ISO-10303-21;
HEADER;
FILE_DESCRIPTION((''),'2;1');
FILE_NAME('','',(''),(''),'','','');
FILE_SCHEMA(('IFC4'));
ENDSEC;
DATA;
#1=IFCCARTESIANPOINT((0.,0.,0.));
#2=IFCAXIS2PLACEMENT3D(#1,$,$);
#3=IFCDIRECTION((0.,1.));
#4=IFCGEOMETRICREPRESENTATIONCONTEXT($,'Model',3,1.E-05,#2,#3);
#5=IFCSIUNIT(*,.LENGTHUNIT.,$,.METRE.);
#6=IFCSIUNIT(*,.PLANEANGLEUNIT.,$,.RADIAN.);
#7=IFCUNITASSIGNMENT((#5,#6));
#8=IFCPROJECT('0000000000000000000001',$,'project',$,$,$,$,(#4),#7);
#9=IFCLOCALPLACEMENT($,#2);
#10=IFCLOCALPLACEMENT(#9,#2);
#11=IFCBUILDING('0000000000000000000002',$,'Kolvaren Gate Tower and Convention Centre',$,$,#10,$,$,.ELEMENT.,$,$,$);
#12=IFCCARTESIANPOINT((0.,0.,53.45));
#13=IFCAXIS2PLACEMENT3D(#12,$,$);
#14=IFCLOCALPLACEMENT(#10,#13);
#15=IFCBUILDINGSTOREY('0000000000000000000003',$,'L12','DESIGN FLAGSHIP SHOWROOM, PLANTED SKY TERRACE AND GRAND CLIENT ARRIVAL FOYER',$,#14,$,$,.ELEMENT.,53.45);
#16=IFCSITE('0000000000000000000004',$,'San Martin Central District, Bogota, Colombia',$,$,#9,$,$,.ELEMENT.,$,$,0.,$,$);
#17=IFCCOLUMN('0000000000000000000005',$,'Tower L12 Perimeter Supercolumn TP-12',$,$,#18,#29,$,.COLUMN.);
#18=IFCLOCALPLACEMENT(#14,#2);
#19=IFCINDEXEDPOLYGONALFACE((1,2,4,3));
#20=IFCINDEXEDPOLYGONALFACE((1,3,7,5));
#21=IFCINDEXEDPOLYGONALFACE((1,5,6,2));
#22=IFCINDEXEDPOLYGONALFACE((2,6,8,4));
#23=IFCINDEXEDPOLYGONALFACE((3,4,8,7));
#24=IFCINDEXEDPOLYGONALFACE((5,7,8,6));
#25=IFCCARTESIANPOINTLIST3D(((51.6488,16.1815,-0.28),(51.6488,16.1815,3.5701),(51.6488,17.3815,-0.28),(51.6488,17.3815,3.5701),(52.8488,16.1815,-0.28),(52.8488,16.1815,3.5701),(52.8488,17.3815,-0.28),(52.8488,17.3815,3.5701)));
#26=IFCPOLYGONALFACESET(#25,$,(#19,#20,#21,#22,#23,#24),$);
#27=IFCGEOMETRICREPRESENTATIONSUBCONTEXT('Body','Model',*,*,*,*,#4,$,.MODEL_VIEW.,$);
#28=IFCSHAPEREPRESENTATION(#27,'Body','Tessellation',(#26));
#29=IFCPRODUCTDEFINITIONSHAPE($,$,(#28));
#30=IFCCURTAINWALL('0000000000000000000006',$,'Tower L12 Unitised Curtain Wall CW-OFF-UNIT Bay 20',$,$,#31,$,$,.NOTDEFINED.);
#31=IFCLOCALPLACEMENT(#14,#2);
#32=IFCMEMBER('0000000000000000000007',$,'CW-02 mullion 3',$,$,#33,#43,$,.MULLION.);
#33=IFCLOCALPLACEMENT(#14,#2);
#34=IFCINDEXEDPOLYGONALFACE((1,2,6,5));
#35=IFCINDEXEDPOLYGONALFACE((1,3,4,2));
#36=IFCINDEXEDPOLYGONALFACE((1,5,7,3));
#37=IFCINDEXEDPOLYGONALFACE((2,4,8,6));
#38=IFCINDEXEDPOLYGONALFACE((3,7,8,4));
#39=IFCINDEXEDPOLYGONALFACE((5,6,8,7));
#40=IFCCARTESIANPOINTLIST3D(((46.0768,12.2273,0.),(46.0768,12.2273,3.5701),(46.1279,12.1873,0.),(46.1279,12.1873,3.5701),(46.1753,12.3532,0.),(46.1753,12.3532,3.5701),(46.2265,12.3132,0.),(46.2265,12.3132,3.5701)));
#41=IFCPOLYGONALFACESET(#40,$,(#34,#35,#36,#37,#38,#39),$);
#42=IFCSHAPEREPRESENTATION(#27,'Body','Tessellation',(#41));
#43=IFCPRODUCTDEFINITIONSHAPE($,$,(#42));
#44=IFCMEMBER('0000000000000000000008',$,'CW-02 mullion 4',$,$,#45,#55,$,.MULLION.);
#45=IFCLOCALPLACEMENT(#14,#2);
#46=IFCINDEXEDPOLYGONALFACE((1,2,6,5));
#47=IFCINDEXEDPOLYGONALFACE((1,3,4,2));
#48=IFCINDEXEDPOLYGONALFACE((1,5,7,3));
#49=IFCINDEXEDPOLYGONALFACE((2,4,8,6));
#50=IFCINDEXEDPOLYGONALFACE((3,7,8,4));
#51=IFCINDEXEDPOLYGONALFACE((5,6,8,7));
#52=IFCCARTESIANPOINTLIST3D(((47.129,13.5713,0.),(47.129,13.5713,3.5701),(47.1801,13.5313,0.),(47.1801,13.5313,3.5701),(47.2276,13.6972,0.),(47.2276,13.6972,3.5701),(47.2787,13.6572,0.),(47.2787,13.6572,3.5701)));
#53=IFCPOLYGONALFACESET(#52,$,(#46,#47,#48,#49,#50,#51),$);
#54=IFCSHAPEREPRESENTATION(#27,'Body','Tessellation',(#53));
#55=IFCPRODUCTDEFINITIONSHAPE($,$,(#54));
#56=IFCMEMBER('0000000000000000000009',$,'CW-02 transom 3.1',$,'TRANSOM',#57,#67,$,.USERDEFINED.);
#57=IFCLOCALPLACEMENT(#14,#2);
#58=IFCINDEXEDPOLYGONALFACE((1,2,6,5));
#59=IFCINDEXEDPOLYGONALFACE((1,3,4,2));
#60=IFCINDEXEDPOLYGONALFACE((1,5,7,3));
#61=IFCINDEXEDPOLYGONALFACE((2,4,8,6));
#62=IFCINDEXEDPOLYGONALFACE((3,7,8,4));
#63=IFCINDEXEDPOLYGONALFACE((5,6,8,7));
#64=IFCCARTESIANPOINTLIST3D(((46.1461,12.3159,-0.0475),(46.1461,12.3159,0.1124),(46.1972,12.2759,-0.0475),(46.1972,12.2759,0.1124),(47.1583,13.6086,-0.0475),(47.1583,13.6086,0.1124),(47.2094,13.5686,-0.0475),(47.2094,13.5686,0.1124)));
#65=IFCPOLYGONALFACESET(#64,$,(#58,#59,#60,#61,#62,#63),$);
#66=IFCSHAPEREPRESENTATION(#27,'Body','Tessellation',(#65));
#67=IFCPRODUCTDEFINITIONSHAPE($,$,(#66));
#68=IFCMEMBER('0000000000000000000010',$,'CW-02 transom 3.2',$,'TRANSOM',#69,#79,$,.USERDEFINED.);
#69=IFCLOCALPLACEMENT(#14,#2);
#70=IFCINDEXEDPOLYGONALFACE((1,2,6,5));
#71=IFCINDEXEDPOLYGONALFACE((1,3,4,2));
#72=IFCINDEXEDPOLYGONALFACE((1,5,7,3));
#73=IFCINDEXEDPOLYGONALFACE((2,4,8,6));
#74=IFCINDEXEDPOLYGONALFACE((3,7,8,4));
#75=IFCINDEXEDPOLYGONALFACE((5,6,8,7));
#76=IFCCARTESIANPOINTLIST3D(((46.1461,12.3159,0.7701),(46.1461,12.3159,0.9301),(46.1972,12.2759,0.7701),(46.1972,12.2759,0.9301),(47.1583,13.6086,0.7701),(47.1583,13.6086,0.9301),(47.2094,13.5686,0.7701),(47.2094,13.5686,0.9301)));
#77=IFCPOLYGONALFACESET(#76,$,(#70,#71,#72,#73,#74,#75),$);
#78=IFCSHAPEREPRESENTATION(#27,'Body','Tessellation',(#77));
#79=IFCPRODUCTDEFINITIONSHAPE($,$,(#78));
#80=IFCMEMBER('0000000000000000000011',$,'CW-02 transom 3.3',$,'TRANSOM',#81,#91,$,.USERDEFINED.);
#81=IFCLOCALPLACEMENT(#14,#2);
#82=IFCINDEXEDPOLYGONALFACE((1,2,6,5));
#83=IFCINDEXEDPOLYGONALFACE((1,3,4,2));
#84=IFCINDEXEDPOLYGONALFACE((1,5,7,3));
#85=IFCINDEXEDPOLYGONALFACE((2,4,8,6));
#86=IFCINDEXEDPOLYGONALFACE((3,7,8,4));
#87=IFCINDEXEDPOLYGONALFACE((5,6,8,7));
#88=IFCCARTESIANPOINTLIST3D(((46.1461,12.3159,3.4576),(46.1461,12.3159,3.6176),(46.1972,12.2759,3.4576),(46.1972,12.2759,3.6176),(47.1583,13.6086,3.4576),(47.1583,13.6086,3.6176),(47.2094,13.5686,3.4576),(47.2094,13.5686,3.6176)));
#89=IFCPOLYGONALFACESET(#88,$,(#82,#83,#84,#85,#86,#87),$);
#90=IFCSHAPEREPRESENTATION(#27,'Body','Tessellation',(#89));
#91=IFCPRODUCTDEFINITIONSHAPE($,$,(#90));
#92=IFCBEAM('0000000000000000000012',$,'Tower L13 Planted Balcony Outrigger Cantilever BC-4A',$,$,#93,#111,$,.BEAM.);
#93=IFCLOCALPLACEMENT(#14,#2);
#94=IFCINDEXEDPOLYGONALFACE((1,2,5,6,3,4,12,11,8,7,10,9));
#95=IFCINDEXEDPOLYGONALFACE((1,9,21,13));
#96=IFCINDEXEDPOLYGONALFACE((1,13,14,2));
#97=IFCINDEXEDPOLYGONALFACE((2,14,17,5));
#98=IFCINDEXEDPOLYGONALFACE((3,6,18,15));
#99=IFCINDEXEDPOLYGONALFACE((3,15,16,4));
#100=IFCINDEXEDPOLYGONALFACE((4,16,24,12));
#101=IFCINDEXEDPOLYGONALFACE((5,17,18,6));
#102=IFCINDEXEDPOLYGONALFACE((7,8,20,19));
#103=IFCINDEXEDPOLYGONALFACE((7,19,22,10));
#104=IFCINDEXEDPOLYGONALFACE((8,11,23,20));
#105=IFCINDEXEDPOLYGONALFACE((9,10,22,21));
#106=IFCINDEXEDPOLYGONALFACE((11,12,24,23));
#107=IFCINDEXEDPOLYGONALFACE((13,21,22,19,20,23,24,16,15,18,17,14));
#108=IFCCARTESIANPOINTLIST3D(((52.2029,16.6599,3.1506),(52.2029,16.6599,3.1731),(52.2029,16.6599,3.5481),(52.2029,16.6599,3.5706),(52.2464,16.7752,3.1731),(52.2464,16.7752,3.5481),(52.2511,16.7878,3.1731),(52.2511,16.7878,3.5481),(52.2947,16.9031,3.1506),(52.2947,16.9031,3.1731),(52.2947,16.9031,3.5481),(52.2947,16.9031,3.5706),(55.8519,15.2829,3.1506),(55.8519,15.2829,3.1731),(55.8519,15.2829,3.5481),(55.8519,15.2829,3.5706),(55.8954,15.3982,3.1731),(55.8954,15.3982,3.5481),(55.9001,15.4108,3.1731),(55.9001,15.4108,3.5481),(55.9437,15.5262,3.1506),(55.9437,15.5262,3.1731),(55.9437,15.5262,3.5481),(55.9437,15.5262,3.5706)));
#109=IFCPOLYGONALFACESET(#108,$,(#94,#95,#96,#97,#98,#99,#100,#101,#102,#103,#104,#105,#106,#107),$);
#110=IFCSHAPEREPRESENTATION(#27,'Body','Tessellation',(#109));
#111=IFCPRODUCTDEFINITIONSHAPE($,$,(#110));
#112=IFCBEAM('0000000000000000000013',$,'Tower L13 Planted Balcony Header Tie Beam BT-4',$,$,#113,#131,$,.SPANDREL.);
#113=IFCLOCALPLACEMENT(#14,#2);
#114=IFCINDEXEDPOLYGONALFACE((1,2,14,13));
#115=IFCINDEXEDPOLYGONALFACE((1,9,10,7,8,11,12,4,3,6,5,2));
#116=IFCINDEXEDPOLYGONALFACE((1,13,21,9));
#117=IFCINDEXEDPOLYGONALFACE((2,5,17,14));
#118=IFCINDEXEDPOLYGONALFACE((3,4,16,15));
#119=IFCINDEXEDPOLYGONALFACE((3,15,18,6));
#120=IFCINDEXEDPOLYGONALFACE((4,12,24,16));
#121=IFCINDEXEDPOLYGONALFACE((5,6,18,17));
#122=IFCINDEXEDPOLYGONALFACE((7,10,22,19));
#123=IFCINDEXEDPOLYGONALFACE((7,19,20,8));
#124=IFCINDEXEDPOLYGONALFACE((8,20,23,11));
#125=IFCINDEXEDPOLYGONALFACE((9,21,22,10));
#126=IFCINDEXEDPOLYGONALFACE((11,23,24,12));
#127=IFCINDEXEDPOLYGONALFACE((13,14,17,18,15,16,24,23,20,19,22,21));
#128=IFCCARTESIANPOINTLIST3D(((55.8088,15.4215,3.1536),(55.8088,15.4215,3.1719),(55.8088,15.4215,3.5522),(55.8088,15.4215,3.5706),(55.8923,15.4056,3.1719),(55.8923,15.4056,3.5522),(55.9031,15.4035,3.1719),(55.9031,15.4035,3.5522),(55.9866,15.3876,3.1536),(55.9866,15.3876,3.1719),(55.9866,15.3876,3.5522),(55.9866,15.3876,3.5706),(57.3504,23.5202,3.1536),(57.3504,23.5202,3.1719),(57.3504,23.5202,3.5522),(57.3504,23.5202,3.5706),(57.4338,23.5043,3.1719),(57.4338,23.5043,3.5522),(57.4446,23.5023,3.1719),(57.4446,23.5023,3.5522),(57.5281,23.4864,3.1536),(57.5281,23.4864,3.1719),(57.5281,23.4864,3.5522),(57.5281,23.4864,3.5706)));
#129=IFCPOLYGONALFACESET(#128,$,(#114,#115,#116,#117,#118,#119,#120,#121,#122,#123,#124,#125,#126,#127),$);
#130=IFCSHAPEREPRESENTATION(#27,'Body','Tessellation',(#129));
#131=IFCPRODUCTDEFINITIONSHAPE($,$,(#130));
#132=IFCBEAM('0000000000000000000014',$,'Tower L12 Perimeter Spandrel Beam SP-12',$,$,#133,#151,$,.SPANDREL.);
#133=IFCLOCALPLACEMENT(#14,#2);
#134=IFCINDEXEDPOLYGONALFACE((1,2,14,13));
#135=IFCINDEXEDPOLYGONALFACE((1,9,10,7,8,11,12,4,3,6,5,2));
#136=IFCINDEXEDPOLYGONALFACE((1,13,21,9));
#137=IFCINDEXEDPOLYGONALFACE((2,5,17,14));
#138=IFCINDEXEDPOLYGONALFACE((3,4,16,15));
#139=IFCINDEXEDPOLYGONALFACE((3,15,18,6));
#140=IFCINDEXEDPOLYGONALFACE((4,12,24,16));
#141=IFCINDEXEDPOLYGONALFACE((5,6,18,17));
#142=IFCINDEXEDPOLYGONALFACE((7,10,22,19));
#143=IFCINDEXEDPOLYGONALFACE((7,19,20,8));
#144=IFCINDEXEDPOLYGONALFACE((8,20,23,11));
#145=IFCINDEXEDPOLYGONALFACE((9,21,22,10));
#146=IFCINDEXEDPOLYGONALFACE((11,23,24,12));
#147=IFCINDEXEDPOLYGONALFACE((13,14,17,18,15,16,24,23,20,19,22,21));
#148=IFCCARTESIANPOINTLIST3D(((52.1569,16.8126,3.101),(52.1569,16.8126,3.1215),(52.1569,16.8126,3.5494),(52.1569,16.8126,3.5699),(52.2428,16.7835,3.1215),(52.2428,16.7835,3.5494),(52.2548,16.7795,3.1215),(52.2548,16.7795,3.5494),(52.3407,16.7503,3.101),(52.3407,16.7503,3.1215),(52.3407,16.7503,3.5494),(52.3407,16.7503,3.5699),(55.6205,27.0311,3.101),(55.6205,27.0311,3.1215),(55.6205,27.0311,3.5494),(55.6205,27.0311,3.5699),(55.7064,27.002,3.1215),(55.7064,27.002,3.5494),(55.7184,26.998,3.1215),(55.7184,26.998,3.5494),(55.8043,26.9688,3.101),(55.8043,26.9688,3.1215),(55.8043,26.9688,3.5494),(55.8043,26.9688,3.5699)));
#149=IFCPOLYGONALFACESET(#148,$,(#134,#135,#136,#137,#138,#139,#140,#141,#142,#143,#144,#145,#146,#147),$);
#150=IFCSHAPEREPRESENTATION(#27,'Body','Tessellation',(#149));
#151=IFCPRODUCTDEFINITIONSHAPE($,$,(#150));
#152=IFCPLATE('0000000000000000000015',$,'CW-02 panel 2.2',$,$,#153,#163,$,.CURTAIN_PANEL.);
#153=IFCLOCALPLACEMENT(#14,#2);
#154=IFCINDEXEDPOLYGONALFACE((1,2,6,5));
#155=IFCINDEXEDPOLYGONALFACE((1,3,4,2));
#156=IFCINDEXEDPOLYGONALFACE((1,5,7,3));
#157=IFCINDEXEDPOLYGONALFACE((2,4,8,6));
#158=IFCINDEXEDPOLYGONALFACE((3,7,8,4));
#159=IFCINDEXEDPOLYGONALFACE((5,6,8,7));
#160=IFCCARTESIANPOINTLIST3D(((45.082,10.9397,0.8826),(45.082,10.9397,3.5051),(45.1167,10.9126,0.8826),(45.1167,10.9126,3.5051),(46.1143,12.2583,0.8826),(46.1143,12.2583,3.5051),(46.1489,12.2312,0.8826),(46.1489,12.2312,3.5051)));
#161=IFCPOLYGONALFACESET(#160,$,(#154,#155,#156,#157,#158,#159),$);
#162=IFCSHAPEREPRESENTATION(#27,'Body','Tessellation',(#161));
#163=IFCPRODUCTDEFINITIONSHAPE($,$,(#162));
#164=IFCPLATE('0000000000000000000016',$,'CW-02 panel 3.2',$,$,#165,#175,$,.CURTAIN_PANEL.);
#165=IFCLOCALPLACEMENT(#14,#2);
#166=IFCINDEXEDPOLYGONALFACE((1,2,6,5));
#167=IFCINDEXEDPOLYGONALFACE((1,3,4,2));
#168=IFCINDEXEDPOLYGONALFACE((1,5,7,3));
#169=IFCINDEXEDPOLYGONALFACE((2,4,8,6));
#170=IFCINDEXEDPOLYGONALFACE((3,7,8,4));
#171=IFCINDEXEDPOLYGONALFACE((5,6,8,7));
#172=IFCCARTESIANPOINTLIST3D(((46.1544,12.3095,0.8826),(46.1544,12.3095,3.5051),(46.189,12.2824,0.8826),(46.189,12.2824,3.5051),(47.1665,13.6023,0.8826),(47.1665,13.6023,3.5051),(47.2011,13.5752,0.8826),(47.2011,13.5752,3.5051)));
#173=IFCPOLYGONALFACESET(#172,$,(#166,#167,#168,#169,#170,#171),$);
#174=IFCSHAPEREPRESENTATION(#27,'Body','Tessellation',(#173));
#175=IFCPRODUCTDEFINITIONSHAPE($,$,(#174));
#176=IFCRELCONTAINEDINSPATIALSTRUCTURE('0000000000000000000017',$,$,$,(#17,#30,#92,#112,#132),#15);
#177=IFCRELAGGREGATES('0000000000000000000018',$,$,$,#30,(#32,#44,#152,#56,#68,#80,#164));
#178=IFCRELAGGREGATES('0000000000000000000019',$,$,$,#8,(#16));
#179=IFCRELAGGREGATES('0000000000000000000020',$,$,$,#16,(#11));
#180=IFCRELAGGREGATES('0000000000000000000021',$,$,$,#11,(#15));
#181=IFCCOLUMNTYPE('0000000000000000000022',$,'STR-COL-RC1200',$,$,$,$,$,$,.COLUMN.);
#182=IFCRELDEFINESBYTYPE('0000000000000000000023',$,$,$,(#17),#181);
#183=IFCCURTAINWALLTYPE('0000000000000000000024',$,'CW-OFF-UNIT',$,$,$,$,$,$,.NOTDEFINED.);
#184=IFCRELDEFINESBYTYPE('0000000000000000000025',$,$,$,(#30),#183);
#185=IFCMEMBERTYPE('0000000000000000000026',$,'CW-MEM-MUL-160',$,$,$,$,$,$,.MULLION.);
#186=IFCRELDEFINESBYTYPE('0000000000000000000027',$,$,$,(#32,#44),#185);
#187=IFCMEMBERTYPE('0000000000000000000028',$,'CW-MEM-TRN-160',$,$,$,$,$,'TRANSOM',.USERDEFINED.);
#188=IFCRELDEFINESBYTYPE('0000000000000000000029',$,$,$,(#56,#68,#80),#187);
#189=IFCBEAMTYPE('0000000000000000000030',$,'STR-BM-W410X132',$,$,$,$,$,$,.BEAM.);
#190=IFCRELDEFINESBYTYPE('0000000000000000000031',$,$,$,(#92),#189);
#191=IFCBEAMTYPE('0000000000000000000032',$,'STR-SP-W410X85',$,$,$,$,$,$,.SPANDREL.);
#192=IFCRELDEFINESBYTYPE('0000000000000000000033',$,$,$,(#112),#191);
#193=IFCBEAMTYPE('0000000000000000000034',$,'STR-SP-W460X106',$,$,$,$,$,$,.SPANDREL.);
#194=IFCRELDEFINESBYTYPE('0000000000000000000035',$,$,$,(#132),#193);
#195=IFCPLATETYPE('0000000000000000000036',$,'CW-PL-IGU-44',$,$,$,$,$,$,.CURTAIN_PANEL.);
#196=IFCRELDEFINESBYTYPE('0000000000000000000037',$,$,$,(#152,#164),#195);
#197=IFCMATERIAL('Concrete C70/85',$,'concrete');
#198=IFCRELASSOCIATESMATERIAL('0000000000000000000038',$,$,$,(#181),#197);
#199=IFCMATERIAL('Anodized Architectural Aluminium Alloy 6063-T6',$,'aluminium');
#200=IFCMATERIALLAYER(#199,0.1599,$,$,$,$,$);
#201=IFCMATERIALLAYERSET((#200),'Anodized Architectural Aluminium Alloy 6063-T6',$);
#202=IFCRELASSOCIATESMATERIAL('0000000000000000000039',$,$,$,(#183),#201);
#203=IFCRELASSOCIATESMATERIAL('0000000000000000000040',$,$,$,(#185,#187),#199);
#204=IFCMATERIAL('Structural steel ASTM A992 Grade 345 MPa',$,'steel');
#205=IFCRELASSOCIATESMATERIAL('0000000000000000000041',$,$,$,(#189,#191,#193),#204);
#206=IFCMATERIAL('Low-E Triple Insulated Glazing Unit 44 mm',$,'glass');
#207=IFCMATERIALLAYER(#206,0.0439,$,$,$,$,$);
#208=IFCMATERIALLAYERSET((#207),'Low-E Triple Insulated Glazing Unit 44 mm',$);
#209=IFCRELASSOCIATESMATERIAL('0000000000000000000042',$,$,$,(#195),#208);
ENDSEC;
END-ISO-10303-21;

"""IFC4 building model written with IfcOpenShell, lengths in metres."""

from ifc_helpers import new_model, si_unit, direction, frame, origin, origin_2d, place, context, subcontext, project, spatial, rectangle, i_section, extrude, material, layer, layer_set, material_profile, profile_set, type_object, element, aggregate, save


model = new_model("IFC4")

# Units and contexts
model_context = context("Model", 3, precision=1e-05, world=origin(), true_north=direction((0.0, 1.0)))
body_context = subcontext(model_context, "Body", "Model", "MODEL_VIEW")
ifc_project = project(units=[si_unit("LENGTHUNIT", "METRE"), si_unit("PLANEANGLEUNIT", "RADIAN")], contexts=[model_context])

# Site, building, storey
site_placement = place(None, origin())
site = spatial("IfcSite", under=ifc_project, at=site_placement, Name="San Martin Central District, Bogota, Colombia", CompositionType="ELEMENT", RefElevation=0.0)
building_placement = place(site_placement, origin())
building = spatial("IfcBuilding", under=site, at=building_placement, Name="Kolvaren Gate Tower and Convention Centre", CompositionType="ELEMENT")
storey_placement = place(building_placement, frame((0.0, 0.0, 53.45)))
storey = spatial("IfcBuildingStorey", under=building, at=storey_placement, Name="L12", Description="DESIGN FLAGSHIP SHOWROOM, PLANTED SKY TERRACE AND GRAND CLIENT ARRIVAL FOYER", CompositionType="ELEMENT", Elevation=53.45)

# Column
ifc_material_1 = material(Name="Concrete C70/85", Category="concrete")
ifc_material_profile_1 = material_profile(ifc_material_1, rectangle(XDim=1.2, YDim=1.2, at=origin_2d()), Name="RC-COL-1200X1200")
ifc_profile_set_1 = profile_set([ifc_material_profile_1], Name="Concrete C70/85")
column_type = type_object("IfcColumnType", Name="STR-COL-RC1200", PredefinedType="COLUMN", material=ifc_profile_set_1)
column_placement = place(storey_placement, frame((52.2488, 16.7815, -0.28), z_axis=(0.0, 0.0, 1.0), x_axis=(1.0, 0.0, 0.0)))
element("IfcColumn", 1, at=column_placement, inside=storey, type_object=column_type, Name="Tower L12 Perimeter Supercolumn TP-12", PredefinedType="COLUMN", context=body_context, shape_type="SweptSolid", body=[
    extrude(rectangle(XDim=1.2, YDim=1.2, at=origin_2d()), origin(), (0.0, 0.0, 1.0), 3.8501),
])

# Curtain wall, members
ifc_material_2 = material(Name="Anodized Architectural Aluminium Alloy 6063-T6", Category="aluminium")
ifc_layer_1 = layer(ifc_material_2, 0.1599)
ifc_layer_set_1 = layer_set([ifc_layer_1], Name="Anodized Architectural Aluminium Alloy 6063-T6")
curtain_wall_type = type_object("IfcCurtainWallType", Name="CW-OFF-UNIT", PredefinedType="NOTDEFINED", material=ifc_layer_set_1)
curtain_wall_placement = place(storey_placement, origin())
curtain_wall = element("IfcCurtainWall", 2, at=curtain_wall_placement, inside=storey, type_object=curtain_wall_type, Name="Tower L12 Unitised Curtain Wall CW-OFF-UNIT Bay 20", PredefinedType="NOTDEFINED")
ifc_material_profile_2 = material_profile(ifc_material_2, rectangle(XDim=0.0649, YDim=0.1599, at=origin_2d()), Name="CW-MEM-MUL-160")
ifc_profile_set_2 = profile_set([ifc_material_profile_2], Name="Anodized Architectural Aluminium Alloy 6063-T6")
member_type_1 = type_object("IfcMemberType", Name="CW-MEM-MUL-160", PredefinedType="MULLION", material=ifc_profile_set_2)
member_1_placement = place(storey_placement, frame((46.1516, 12.2703, 0.0), z_axis=(0.0, 0.0, 1.0), x_axis=(-0.787406, 0.616434, 0.0)))
member_1 = element("IfcMember", 3, at=member_1_placement, type_object=member_type_1, Name="CW-02 mullion 3", PredefinedType="MULLION", context=body_context, shape_type="SweptSolid", body=[
    extrude(rectangle(XDim=0.0649, YDim=0.1599, at=origin_2d()), origin(), (0.0, 0.0, 1.0), 3.5701),
])
member_2_placement = place(storey_placement, frame((47.2039, 13.6143, 0.0), z_axis=(0.0, 0.0, 1.0), x_axis=(-0.787406, 0.616434, 0.0)))
member_2 = element("IfcMember", 4, at=member_2_placement, type_object=member_type_1, Name="CW-02 mullion 4", PredefinedType="MULLION", context=body_context, shape_type="SweptSolid", body=[
    extrude(rectangle(XDim=0.0649, YDim=0.1599, at=origin_2d()), origin(), (0.0, 0.0, 1.0), 3.5701),
])
ifc_material_profile_3 = material_profile(ifc_material_2, rectangle(XDim=0.0649, YDim=0.1599, at=origin_2d()), Name="CW-MEM-TRN-160")
ifc_profile_set_3 = profile_set([ifc_material_profile_3], Name="Anodized Architectural Aluminium Alloy 6063-T6")
member_type_2 = type_object("IfcMemberType", Name="CW-MEM-TRN-160", ElementType="TRANSOM", PredefinedType="USERDEFINED", material=ifc_profile_set_3)
member_3_placement = place(storey_placement, frame((46.1716, 12.2959, 0.0325), z_axis=(0.616501, 0.787354, 0.0), x_axis=(-0.787354, 0.616501, 0.0)))
member_3 = element("IfcMember", 5, at=member_3_placement, type_object=member_type_2, Name="CW-02 transom 3.1", ObjectType="TRANSOM", PredefinedType="USERDEFINED", context=body_context, shape_type="SweptSolid", body=[
    extrude(rectangle(XDim=0.0649, YDim=0.1599, at=origin_2d()), origin(), (0.0, 0.0, 1.0), 1.6418),
])
member_4_placement = place(storey_placement, frame((46.1716, 12.2959, 0.8501), z_axis=(0.616501, 0.787354, 0.0), x_axis=(-0.787354, 0.616501, 0.0)))
member_4 = element("IfcMember", 6, at=member_4_placement, type_object=member_type_2, Name="CW-02 transom 3.2", ObjectType="TRANSOM", PredefinedType="USERDEFINED", context=body_context, shape_type="SweptSolid", body=[
    extrude(rectangle(XDim=0.0649, YDim=0.1599, at=origin_2d()), origin(), (0.0, 0.0, 1.0), 1.6418),
])
member_5_placement = place(storey_placement, frame((46.1716, 12.2959, 3.5376), z_axis=(0.616501, 0.787354, 0.0), x_axis=(-0.787354, 0.616501, 0.0)))
member_5 = element("IfcMember", 7, at=member_5_placement, type_object=member_type_2, Name="CW-02 transom 3.3", ObjectType="TRANSOM", PredefinedType="USERDEFINED", context=body_context, shape_type="SweptSolid", body=[
    extrude(rectangle(XDim=0.0649, YDim=0.1599, at=origin_2d()), origin(), (0.0, 0.0, 1.0), 1.6418),
])

# Beams
ifc_material_3 = material(Name="Structural steel ASTM A992 Grade 345 MPa", Category="steel")
ifc_material_profile_4 = material_profile(ifc_material_3, i_section(OverallWidth=0.26, OverallDepth=0.4199, WebThickness=0.0134, FlangeThickness=0.0225, at=origin_2d()), Name="W410X132")
ifc_profile_set_4 = profile_set([ifc_material_profile_4], Name="Structural steel ASTM A992 Grade 345 MPa")
beam_type_1 = type_object("IfcBeamType", Name="STR-BM-W410X132", PredefinedType="BEAM", material=ifc_profile_set_4)
beam_1_placement = place(storey_placement, frame((52.2488, 16.7815, 3.3606), z_axis=(0.935602, -0.353057, 0.0), x_axis=(0.353057, 0.935602, 0.0)))
element("IfcBeam", 8, at=beam_1_placement, inside=storey, type_object=beam_type_1, Name="Tower L13 Planted Balcony Outrigger Cantilever BC-4A", PredefinedType="BEAM", context=body_context, shape_type="SweptSolid", body=[
    extrude(i_section(OverallWidth=0.26, OverallDepth=0.4199, WebThickness=0.0134, FlangeThickness=0.0225, at=origin_2d()), origin(), (0.0, 0.0, 1.0), 3.9001),
])
ifc_material_profile_5 = material_profile(ifc_material_3, i_section(OverallWidth=0.1809, OverallDepth=0.417, WebThickness=0.011, FlangeThickness=0.0183, at=origin_2d()), Name="W410X85")
ifc_profile_set_5 = profile_set([ifc_material_profile_5], Name="Structural steel ASTM A992 Grade 345 MPa")
beam_type_2 = type_object("IfcBeamType", Name="STR-SP-W410X85", PredefinedType="SPANDREL", material=ifc_profile_set_5)
beam_2_placement = place(storey_placement, frame((55.8977, 15.4045, 3.3621), z_axis=(0.186984, 0.982363, 0.0), x_axis=(-0.982363, 0.186984, 0.0)))
element("IfcBeam", 9, at=beam_2_placement, inside=storey, type_object=beam_type_2, Name="Tower L13 Planted Balcony Header Tie Beam BT-4", PredefinedType="SPANDREL", context=body_context, shape_type="SweptSolid", body=[
    extrude(i_section(OverallWidth=0.1809, OverallDepth=0.417, WebThickness=0.011, FlangeThickness=0.0183, at=origin_2d()), origin(), (0.0, 0.0, 1.0), 8.2441),
])
ifc_material_profile_6 = material_profile(ifc_material_3, i_section(OverallWidth=0.1941, OverallDepth=0.469, WebThickness=0.0127, FlangeThickness=0.0205, at=origin_2d()), Name="W460X106")
ifc_profile_set_6 = profile_set([ifc_material_profile_6], Name="Structural steel ASTM A992 Grade 345 MPa")
beam_type_3 = type_object("IfcBeamType", Name="STR-SP-W460X106", PredefinedType="SPANDREL", material=ifc_profile_set_6)
beam_3_placement = place(storey_placement, frame((52.2488, 16.7815, 3.3354), z_axis=(0.321016, 0.947074, 0.0), x_axis=(-0.947074, 0.321016, 0.0)))
element("IfcBeam", 10, at=beam_3_placement, inside=storey, type_object=beam_type_3, Name="Tower L12 Perimeter Spandrel Beam SP-12", PredefinedType="SPANDREL", context=body_context, shape_type="SweptSolid", body=[
    extrude(i_section(OverallWidth=0.1941, OverallDepth=0.469, WebThickness=0.0127, FlangeThickness=0.0205, at=origin_2d()), origin(), (0.0, 0.0, 1.0), 10.7896),
])

# Plates
ifc_material_4 = material(Name="Low-E Triple Insulated Glazing Unit 44 mm", Category="glass")
ifc_layer_2 = layer(ifc_material_4, 0.0439)
ifc_layer_set_2 = layer_set([ifc_layer_2], Name="Low-E Triple Insulated Glazing Unit 44 mm")
plate_type_1 = type_object("IfcPlateType", Name="CW-PL-IGU-44", PredefinedType="CURTAIN_PANEL", material=ifc_layer_set_2)
plate_1_placement = place(storey_placement, frame((45.6155, 11.5854, 0.8826), z_axis=(0.0, 0.0, 1.0), x_axis=(0.616434, 0.787406, 0.0)))
plate_1 = element("IfcPlate", 11, at=plate_1_placement, type_object=plate_type_1, Name="CW-02 panel 2.2", PredefinedType="CURTAIN_PANEL", context=body_context, shape_type="SweptSolid", body=[
    extrude(rectangle(XDim=1.6746, YDim=0.0439, at=origin_2d()), origin(), (0.0, 0.0, 1.0), 2.6226),
])
plate_2_placement = place(storey_placement, frame((46.6777, 12.9424, 0.8826), z_axis=(0.0, 0.0, 1.0), x_axis=(0.616434, 0.787406, 0.0)))
plate_2 = element("IfcPlate", 12, at=plate_2_placement, type_object=plate_type_1, Name="CW-02 panel 3.2", PredefinedType="CURTAIN_PANEL", context=body_context, shape_type="SweptSolid", body=[
    extrude(rectangle(XDim=1.6418, YDim=0.0439, at=origin_2d()), origin(), (0.0, 0.0, 1.0), 2.6226),
])
aggregate(curtain_wall, [member_1, member_2, plate_1, member_3, member_4, member_5, plate_2])

save(model, "model.ifc")
